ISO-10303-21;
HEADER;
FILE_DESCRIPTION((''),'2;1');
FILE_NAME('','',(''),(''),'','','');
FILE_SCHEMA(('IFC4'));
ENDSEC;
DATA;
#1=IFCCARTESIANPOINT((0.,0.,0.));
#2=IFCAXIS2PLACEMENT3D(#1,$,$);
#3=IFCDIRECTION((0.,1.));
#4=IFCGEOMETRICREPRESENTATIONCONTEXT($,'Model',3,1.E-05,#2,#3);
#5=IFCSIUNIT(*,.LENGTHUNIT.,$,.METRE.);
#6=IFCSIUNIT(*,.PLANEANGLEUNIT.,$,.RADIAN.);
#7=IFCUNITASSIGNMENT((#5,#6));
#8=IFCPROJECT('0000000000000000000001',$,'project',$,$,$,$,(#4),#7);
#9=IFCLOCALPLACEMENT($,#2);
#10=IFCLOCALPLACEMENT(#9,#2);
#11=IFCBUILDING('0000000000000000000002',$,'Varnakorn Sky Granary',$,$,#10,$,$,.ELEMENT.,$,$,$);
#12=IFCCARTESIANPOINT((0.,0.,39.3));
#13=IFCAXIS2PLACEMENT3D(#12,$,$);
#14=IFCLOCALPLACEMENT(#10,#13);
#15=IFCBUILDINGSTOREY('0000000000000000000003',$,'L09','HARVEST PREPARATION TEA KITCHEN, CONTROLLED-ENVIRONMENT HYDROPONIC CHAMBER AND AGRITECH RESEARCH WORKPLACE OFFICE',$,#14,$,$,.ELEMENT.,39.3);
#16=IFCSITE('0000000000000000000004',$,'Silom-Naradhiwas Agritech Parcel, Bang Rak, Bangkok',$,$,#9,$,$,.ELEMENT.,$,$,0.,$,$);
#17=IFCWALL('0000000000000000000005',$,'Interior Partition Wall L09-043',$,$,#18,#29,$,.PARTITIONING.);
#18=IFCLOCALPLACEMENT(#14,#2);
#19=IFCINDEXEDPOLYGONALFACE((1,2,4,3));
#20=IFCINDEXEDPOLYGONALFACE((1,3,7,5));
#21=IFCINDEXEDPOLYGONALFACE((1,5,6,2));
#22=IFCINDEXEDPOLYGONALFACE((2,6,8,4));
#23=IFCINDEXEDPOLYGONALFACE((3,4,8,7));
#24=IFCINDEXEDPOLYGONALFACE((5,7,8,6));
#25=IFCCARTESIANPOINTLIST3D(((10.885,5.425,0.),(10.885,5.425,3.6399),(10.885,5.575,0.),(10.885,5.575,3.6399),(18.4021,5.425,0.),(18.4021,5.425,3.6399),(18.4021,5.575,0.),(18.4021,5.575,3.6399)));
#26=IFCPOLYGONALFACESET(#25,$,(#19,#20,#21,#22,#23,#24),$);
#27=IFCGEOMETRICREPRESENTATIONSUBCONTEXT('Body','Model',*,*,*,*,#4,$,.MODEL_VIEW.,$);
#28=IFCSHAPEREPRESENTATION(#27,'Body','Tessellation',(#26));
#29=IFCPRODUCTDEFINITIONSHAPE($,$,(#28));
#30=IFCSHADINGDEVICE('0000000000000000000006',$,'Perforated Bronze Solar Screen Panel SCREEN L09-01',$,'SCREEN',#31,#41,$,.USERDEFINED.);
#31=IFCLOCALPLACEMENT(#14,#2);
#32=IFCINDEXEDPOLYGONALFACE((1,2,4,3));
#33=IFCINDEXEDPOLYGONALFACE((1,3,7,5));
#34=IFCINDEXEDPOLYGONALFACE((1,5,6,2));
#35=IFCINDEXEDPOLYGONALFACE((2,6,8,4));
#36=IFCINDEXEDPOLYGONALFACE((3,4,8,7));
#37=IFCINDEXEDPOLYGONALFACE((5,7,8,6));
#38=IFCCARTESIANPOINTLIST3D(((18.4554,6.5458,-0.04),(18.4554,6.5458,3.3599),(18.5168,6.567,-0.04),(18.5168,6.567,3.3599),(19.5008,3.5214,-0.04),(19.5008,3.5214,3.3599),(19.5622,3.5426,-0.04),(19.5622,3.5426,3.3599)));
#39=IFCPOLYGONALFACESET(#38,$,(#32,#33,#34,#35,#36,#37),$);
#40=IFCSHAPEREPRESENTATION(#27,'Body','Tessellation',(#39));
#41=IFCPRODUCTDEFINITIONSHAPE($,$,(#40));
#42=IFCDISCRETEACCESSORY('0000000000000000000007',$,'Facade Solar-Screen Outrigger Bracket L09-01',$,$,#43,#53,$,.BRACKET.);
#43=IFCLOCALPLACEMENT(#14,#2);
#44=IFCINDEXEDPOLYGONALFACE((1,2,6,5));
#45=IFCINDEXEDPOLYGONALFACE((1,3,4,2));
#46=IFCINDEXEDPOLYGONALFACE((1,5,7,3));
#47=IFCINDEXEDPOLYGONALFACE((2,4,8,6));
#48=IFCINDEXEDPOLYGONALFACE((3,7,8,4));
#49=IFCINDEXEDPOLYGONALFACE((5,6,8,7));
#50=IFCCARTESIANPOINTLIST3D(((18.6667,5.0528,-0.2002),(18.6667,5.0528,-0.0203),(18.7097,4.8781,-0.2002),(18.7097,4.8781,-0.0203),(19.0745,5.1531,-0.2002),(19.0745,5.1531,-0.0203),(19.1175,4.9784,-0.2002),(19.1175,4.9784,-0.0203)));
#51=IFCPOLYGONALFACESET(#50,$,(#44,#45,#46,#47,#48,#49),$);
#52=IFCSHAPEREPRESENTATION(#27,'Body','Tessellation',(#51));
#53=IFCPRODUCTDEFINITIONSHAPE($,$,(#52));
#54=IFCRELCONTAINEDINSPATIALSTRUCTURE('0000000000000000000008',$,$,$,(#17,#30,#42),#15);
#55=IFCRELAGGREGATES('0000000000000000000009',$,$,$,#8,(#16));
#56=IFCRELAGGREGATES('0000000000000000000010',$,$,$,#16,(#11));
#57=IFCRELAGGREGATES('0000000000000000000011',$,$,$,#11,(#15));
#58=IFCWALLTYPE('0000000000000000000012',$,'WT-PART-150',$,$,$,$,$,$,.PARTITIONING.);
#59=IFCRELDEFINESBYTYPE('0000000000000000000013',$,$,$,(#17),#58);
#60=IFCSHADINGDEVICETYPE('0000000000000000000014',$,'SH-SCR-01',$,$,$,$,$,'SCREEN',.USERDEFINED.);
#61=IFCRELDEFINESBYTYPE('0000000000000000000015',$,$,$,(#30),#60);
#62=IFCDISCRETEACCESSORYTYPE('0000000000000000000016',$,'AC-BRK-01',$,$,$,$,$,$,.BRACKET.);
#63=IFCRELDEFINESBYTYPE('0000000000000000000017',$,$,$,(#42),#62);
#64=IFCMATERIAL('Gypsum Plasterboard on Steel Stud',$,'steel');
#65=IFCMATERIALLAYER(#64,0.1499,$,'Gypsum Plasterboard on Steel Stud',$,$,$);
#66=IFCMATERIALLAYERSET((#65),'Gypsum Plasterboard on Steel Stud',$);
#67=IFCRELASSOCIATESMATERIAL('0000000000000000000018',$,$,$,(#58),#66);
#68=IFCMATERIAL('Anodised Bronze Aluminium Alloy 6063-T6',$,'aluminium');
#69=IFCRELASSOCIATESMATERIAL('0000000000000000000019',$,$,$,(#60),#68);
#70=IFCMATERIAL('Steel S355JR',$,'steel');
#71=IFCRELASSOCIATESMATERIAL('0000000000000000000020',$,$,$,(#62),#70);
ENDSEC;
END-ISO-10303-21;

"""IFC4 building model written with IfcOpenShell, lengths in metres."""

from ifc_helpers import new_model, si_unit, direction, frame, frame_2d, origin, origin_2d, place, context, subcontext, project, spatial, rectangle, extrude, source, transform, mapped, material, layer, layer_set, type_object, type_shapes, element, save


model = new_model("IFC4")

# Units and contexts
model_context = context("Model", 3, precision=1e-05, world=origin(), true_north=direction((0.0, 1.0)))
body_context = subcontext(model_context, "Body", "Model", "MODEL_VIEW")
ifc_project = project(units=[si_unit("LENGTHUNIT", "METRE"), si_unit("PLANEANGLEUNIT", "RADIAN")], contexts=[model_context])

# Site, building, storey
site_placement = place(None, origin())
site = spatial("IfcSite", under=ifc_project, at=site_placement, Name="Silom-Naradhiwas Agritech Parcel, Bang Rak, Bangkok", CompositionType="ELEMENT", RefElevation=0.0)
building_placement = place(site_placement, origin())
building = spatial("IfcBuilding", under=site, at=building_placement, Name="Varnakorn Sky Granary", CompositionType="ELEMENT")
storey_placement = place(building_placement, frame((0.0, 0.0, 39.3)))
storey = spatial("IfcBuildingStorey", under=building, at=storey_placement, Name="L09", Description="HARVEST PREPARATION TEA KITCHEN, CONTROLLED-ENVIRONMENT HYDROPONIC CHAMBER AND AGRITECH RESEARCH WORKPLACE OFFICE", CompositionType="ELEMENT", Elevation=39.3)

# Shared definitions
ifc_material_1 = material(Name="Steel S355JR", Category="steel")

# Shared definitions
ifc_material_2 = material(Name="Anodised Bronze Aluminium Alloy 6063-T6", Category="aluminium")

# Shared definitions
ifc_material_3 = material(Name="Gypsum Plasterboard on Steel Stud", Category="steel")
ifc_layer_1 = layer(ifc_material_3, 0.1499, Name="Gypsum Plasterboard on Steel Stud")
ifc_layer_set_1 = layer_set([ifc_layer_1], Name="Gypsum Plasterboard on Steel Stud")
wall_type = type_object("IfcWallType", Name="WT-PART-150", PredefinedType="PARTITIONING", material=ifc_layer_set_1)

# Wall
wall_1_placement = place(storey_placement, frame((10.885, 5.5, 0.0), z_axis=(0.0, 0.0, 1.0), x_axis=(1.0, 0.0, 0.0)))
element("IfcWall", 1, at=wall_1_placement, inside=storey, type_object=wall_type, Name="Interior Partition Wall L09-043", PredefinedType="PARTITIONING", context=body_context, shape_type="SweptSolid", body=[
    extrude(rectangle(XDim=7.5171, YDim=0.1499, at=frame_2d((3.7585, 0.0))), origin(), (0.0, 0.0, 1.0), 3.6399),
])

# Shading device
shading_device_type = type_object("IfcShadingDeviceType", Name="SH-SCR-01", ElementType="SCREEN", PredefinedType="USERDEFINED", material=ifc_material_2)
shared_shape_1 = source(origin(), body_context, "Body", "SweptSolid", [
    extrude(rectangle(XDim=3.2, YDim=0.0649, at=origin_2d()), origin(), (0.0, 0.0, 1.0), 3.3999),
])
type_shapes(shading_device_type, [shared_shape_1])
shading_device_placement = place(storey_placement, frame((19.0088, 5.0442, -0.04), z_axis=(0.0, 0.0, 1.0), x_axis=(-0.326688, 0.945132, 0.0)))
element("IfcShadingDevice", 2, at=shading_device_placement, inside=storey, type_object=shading_device_type, Name="Perforated Bronze Solar Screen Panel SCREEN L09-01", ObjectType="SCREEN", PredefinedType="USERDEFINED", context=body_context, shape_type="MappedRepresentation", body=[
    mapped(shared_shape_1, transform((0.0, 0.0, 0.0), x_axis=(1.0, 0.0, 0.0), y_axis=(0.0, 1.0, 0.0), z_axis=(0.0, 0.0, 1.0), scale=1.0)),
])

# Discrete accessory
discrete_accessory_type = type_object("IfcDiscreteAccessoryType", Name="AC-BRK-01", PredefinedType="BRACKET", material=ifc_material_1)
shared_shape_2 = source(origin(), body_context, "Body", "SweptSolid", [
    extrude(rectangle(XDim=0.1799, YDim=0.4199, at=origin_2d()), origin(), (0.0, 0.0, 1.0), 0.1799),
])
type_shapes(discrete_accessory_type, [shared_shape_2])
discrete_accessory_placement = place(storey_placement, frame((18.8921, 5.0156, -0.2002), z_axis=(0.0, 0.0, 1.0), x_axis=(-0.238837, 0.97106, 0.0)))
element("IfcDiscreteAccessory", 3, at=discrete_accessory_placement, inside=storey, type_object=discrete_accessory_type, Name="Facade Solar-Screen Outrigger Bracket L09-01", PredefinedType="BRACKET", context=body_context, shape_type="MappedRepresentation", body=[
    mapped(shared_shape_2, transform((0.0, 0.0, 0.0), x_axis=(1.0, 0.0, 0.0), y_axis=(0.0, 1.0, 0.0), z_axis=(0.0, 0.0, 1.0), scale=1.0)),
])

save(model, "model.ifc")
